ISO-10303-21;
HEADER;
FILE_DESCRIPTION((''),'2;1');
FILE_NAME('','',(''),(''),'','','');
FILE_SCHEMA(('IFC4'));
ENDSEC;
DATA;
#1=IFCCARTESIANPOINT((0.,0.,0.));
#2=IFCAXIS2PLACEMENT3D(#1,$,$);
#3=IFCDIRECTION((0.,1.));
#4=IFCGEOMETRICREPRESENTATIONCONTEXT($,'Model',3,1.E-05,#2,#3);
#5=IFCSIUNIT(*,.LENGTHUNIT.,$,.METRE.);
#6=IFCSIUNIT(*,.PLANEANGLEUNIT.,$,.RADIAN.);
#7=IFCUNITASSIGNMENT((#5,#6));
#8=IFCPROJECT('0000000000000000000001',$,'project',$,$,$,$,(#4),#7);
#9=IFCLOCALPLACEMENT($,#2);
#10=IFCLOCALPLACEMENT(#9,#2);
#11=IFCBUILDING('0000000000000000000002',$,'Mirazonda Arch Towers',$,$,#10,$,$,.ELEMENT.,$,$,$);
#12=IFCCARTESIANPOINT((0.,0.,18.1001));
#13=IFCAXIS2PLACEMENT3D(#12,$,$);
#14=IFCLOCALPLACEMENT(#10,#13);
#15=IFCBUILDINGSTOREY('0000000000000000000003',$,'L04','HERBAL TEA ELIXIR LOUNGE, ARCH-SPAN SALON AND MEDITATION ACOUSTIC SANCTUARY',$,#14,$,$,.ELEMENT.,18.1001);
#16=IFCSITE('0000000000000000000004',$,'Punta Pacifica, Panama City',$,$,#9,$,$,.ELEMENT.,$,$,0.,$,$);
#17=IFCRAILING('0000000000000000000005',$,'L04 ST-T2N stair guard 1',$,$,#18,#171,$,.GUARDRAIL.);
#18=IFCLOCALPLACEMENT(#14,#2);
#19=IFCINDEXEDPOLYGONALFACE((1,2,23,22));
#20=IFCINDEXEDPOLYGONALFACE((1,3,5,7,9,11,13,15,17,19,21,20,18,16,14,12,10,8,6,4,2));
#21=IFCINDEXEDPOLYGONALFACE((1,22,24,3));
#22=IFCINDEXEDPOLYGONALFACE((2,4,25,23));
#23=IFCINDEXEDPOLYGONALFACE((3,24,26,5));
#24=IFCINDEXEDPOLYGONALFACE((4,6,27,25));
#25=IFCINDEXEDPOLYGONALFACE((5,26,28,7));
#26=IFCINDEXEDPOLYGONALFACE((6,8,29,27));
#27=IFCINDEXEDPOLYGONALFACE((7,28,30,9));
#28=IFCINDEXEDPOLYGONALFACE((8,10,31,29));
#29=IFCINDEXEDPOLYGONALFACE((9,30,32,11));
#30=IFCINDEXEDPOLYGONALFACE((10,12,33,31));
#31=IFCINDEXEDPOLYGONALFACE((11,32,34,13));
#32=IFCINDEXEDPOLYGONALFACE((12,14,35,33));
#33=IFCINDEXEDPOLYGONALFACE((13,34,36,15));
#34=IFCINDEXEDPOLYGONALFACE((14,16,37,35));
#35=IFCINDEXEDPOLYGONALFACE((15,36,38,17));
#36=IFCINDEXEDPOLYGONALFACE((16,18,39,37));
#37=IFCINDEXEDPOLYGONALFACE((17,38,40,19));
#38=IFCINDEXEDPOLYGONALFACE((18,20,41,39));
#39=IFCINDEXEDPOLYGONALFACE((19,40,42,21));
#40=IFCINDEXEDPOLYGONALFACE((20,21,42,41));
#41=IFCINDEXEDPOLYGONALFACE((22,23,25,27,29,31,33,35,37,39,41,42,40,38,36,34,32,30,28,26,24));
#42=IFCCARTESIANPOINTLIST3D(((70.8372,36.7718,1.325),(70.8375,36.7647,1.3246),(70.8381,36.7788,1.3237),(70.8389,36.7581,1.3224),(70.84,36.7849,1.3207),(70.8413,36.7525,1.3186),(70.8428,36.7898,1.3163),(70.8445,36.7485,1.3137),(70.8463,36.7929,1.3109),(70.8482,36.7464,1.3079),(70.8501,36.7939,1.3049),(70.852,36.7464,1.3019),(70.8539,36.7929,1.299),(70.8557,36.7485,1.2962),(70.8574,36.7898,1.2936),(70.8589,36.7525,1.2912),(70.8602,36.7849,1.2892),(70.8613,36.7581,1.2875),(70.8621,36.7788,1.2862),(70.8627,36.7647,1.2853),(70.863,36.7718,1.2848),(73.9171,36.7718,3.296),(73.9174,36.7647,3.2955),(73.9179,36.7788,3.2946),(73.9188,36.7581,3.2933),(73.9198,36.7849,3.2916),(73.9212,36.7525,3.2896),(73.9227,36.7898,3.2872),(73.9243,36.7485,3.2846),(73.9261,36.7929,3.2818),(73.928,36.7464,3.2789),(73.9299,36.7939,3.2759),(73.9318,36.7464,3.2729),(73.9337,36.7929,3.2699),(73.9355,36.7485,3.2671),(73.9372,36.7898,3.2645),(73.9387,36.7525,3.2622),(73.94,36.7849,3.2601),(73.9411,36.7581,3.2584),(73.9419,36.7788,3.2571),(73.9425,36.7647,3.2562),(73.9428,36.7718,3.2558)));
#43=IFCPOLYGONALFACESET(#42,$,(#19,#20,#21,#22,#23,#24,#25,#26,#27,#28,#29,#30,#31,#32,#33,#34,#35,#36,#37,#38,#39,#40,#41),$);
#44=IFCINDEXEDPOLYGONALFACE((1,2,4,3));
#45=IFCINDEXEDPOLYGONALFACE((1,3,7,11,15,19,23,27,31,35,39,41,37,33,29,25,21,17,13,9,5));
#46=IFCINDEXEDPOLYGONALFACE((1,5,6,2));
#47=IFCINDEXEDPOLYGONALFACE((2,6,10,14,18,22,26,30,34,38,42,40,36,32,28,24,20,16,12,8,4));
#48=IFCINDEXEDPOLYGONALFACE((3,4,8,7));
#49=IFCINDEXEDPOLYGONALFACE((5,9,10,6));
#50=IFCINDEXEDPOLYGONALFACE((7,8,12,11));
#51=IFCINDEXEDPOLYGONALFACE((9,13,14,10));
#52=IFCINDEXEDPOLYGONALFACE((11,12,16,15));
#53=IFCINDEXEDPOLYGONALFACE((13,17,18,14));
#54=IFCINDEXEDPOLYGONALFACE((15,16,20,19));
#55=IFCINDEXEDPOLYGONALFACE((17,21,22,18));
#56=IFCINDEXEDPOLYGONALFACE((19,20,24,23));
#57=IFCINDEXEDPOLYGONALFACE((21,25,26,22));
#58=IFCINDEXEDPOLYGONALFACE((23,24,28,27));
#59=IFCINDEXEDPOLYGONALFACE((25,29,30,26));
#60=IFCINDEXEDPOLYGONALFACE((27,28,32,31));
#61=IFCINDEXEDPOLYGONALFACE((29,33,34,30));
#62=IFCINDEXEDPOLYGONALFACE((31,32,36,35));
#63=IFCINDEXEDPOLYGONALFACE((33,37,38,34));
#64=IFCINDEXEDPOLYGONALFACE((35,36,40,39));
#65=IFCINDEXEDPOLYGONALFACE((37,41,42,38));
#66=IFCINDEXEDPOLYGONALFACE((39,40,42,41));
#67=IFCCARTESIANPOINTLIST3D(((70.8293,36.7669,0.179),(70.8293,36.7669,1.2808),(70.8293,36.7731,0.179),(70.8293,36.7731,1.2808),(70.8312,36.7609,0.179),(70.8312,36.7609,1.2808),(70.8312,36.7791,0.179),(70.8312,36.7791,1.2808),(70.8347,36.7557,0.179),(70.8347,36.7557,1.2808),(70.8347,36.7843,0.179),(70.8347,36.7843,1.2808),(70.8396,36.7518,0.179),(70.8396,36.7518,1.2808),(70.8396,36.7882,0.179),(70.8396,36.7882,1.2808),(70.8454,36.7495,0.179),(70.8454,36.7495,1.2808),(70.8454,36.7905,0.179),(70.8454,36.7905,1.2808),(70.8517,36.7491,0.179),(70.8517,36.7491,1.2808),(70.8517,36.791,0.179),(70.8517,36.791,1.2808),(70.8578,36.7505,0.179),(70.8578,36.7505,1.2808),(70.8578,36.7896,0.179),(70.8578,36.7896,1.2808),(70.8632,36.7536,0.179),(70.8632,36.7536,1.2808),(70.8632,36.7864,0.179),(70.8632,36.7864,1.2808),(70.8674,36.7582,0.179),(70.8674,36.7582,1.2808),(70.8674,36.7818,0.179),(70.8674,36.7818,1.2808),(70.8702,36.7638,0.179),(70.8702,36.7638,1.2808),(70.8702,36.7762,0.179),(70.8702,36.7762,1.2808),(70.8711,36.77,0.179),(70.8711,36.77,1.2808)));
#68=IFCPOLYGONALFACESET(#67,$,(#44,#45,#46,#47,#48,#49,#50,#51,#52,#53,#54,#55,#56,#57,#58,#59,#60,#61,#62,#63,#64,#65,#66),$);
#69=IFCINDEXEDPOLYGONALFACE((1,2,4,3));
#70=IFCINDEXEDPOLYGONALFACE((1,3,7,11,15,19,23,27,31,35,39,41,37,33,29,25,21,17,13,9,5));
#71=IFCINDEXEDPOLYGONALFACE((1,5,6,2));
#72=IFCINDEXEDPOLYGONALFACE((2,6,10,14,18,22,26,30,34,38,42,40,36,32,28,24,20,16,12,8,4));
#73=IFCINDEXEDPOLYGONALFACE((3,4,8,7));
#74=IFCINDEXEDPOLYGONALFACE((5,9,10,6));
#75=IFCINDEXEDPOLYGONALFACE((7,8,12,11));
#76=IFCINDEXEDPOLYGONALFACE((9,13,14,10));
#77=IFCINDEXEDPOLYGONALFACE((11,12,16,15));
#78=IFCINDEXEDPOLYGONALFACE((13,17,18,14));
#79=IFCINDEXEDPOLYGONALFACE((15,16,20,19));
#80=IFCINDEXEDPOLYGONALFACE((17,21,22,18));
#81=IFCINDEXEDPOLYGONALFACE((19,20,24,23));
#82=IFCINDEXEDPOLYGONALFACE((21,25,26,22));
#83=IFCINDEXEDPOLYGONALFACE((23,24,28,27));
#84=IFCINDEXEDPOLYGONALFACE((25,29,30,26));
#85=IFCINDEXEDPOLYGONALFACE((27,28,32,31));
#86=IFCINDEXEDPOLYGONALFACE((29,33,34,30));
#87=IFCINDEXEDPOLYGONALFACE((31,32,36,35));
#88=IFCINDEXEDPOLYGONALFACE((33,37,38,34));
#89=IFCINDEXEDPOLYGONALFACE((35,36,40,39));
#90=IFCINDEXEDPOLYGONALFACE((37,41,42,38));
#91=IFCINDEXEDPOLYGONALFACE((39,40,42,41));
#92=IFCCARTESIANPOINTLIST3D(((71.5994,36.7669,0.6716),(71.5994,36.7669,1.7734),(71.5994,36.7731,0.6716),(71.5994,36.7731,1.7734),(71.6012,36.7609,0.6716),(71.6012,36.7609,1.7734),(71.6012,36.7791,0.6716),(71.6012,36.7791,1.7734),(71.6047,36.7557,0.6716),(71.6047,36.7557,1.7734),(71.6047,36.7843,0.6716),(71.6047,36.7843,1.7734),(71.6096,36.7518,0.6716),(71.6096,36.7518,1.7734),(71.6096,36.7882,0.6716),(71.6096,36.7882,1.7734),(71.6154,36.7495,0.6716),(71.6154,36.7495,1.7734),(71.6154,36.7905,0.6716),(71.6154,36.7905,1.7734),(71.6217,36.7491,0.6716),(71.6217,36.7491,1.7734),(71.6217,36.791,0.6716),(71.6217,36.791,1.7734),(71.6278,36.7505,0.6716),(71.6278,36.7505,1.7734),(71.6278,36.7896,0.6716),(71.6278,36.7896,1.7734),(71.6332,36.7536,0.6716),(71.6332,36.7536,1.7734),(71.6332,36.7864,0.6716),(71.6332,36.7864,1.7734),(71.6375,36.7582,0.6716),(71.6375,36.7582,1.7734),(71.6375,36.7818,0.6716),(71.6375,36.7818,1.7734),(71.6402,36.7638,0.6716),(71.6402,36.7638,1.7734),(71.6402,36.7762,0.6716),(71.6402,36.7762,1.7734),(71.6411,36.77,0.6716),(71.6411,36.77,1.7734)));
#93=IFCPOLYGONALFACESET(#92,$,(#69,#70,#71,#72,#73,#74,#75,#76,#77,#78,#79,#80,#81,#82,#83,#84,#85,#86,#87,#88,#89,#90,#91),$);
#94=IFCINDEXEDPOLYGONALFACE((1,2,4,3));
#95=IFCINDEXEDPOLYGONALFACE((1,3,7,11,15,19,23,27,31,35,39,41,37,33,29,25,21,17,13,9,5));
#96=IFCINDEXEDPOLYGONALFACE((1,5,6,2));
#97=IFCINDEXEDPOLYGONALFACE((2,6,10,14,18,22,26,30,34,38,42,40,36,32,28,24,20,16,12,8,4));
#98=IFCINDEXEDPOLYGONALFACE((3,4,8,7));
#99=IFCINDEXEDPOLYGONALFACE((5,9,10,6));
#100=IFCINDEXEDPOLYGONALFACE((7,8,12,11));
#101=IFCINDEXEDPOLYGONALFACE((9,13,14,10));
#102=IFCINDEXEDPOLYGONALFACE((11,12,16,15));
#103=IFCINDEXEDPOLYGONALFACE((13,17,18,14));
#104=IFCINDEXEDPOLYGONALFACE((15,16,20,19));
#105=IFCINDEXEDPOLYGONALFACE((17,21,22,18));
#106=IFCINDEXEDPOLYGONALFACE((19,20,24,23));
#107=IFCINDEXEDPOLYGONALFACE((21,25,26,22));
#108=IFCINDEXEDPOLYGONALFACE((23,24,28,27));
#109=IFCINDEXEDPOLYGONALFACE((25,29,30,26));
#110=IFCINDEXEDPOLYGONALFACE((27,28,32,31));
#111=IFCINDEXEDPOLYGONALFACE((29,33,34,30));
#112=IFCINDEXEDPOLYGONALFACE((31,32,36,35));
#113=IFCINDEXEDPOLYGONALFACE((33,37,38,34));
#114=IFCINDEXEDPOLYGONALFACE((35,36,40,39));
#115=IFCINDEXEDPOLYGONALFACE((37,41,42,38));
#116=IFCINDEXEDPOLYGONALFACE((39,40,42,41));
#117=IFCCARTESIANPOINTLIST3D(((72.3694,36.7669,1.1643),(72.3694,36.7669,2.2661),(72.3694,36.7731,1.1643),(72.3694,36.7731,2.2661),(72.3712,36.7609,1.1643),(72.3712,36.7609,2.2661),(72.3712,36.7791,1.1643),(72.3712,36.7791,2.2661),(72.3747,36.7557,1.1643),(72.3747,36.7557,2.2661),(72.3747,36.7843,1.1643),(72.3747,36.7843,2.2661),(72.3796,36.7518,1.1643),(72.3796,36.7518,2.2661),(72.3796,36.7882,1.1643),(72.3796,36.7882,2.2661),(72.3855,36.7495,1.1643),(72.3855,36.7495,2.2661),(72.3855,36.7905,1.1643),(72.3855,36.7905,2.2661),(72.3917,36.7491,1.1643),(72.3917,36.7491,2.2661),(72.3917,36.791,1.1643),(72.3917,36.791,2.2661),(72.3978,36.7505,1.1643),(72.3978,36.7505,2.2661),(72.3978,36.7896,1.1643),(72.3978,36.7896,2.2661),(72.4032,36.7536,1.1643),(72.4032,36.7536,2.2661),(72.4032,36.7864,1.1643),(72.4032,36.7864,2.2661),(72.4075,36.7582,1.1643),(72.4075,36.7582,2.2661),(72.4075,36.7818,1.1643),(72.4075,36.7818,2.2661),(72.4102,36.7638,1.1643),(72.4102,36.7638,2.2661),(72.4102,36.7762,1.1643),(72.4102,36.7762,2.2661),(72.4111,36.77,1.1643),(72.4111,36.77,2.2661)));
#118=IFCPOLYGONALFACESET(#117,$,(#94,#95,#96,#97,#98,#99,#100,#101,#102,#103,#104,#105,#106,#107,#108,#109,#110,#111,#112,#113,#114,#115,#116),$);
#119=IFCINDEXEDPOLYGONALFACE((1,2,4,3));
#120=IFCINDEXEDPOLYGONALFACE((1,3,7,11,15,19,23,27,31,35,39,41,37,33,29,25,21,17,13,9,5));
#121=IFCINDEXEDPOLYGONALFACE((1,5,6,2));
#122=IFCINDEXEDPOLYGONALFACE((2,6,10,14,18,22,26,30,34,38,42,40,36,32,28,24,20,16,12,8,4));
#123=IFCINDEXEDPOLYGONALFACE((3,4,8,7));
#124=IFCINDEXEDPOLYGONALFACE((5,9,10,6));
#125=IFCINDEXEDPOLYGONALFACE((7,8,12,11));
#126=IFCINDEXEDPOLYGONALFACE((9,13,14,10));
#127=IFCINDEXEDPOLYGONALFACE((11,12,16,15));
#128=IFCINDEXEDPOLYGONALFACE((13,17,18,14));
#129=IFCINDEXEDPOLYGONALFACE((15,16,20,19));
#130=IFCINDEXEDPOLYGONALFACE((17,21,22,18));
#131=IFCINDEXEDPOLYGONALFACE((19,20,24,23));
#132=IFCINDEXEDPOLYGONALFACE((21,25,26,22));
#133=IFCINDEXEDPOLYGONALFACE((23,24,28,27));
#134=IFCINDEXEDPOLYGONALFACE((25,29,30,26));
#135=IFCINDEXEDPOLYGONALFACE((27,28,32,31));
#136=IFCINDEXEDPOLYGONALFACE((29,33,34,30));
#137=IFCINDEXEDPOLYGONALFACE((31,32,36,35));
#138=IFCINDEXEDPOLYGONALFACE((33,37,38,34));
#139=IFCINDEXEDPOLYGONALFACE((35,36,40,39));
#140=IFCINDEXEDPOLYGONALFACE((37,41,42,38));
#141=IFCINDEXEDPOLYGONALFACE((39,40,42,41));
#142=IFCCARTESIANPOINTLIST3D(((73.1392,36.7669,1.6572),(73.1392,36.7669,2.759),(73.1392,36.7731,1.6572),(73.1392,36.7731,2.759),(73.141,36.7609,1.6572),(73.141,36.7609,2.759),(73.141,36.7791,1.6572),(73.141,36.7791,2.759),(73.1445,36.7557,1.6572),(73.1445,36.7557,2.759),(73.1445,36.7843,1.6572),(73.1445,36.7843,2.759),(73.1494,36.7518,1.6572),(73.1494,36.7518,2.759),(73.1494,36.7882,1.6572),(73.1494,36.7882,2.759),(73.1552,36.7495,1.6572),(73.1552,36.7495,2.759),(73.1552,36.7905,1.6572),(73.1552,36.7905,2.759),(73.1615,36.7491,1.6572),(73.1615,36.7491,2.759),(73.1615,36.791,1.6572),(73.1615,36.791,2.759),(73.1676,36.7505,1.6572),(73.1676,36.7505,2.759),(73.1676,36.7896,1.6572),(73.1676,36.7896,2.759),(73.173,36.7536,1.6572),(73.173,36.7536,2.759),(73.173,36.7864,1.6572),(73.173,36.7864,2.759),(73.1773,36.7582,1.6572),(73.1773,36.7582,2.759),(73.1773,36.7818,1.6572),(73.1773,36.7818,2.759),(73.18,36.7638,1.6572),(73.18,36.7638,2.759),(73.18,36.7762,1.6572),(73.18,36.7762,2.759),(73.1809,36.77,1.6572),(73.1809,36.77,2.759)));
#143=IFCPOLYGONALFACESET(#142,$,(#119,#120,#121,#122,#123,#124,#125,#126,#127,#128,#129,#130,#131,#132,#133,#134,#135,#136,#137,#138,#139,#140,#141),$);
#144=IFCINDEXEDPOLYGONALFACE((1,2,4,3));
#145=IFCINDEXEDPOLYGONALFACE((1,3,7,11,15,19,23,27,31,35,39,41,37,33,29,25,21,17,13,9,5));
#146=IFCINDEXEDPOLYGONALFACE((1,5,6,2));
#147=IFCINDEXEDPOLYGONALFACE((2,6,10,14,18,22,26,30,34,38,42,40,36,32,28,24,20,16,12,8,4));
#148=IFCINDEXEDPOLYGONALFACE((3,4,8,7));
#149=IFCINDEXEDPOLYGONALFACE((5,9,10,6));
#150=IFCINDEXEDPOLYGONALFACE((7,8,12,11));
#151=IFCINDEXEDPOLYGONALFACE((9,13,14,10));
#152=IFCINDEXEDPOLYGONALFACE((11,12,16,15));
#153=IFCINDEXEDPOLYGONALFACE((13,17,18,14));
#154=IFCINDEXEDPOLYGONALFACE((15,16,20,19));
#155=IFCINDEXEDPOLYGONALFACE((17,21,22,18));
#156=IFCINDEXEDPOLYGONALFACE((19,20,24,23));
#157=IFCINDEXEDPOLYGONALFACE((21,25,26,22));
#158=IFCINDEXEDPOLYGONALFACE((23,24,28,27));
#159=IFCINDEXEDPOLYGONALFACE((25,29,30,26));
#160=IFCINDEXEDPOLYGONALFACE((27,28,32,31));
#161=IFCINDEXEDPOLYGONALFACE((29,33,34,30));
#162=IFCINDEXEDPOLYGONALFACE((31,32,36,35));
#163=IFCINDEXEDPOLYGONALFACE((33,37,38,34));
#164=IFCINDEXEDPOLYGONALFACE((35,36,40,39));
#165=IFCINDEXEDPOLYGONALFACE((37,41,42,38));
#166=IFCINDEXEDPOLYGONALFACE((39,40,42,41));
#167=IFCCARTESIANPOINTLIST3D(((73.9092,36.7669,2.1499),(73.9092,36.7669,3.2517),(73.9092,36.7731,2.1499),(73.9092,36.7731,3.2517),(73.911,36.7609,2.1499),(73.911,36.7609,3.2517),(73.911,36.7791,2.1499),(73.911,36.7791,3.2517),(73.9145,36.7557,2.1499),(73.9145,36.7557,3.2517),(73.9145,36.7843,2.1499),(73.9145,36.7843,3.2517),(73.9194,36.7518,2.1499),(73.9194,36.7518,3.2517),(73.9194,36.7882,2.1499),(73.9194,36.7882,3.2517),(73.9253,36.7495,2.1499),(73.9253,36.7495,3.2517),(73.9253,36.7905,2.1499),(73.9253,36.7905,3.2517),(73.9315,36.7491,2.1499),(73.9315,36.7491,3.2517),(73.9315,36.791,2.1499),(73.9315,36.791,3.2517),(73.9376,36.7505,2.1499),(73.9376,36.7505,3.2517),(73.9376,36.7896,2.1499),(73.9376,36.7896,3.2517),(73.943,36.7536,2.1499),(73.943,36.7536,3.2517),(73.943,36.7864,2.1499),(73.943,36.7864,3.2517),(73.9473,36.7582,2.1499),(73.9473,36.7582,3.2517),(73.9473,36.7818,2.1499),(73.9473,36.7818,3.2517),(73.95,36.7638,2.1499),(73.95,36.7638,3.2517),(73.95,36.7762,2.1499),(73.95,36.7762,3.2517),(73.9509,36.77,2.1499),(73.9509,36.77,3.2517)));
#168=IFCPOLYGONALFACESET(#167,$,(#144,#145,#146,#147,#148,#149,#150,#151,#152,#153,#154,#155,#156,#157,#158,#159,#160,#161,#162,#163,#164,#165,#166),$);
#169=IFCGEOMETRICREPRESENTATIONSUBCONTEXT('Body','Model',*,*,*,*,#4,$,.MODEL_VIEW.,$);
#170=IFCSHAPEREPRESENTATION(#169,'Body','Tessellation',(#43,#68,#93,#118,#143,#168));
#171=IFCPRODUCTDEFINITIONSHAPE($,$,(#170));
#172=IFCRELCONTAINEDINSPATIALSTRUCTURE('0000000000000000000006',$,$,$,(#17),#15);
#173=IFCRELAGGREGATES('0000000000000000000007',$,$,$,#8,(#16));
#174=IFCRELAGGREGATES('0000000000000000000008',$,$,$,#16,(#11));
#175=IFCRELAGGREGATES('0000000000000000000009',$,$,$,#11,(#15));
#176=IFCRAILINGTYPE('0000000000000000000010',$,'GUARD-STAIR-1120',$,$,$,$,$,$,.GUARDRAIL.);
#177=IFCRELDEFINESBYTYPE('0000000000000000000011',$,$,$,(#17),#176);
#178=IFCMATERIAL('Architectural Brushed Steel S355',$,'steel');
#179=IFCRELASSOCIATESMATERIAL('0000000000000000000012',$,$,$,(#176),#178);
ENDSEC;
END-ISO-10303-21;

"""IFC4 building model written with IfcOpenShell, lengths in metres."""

from ifc_helpers import new_model, si_unit, direction, frame, origin, origin_2d, place, context, subcontext, project, spatial, circle, extrude, material, type_object, element, save


model = new_model("IFC4")

# Units and contexts
model_context = context("Model", 3, precision=1e-05, world=origin(), true_north=direction((0.0, 1.0)))
body_context = subcontext(model_context, "Body", "Model", "MODEL_VIEW")
ifc_project = project(units=[si_unit("LENGTHUNIT", "METRE"), si_unit("PLANEANGLEUNIT", "RADIAN")], contexts=[model_context])

# Site, building, storey
site_placement = place(None, origin())
site = spatial("IfcSite", under=ifc_project, at=site_placement, Name="Punta Pacifica, Panama City", CompositionType="ELEMENT", RefElevation=0.0)
building_placement = place(site_placement, origin())
building = spatial("IfcBuilding", under=site, at=building_placement, Name="Mirazonda Arch Towers", CompositionType="ELEMENT")
storey_placement = place(building_placement, frame((0.0, 0.0, 18.1001)))
storey = spatial("IfcBuildingStorey", under=building, at=storey_placement, Name="L04", Description="HERBAL TEA ELIXIR LOUNGE, ARCH-SPAN SALON AND MEDITATION ACOUSTIC SANCTUARY", CompositionType="ELEMENT", Elevation=18.1001)

# Shared definitions
ifc_material_1 = material(Name="Architectural Brushed Steel S355", Category="steel")

# Railing
railing_type_1 = type_object("IfcRailingType", Name="GUARD-STAIR-1120", PredefinedType="GUARDRAIL", material=ifc_material_1)
railing_1_placement = place(storey_placement, frame((70.8501, 36.77, 0.179)))
element("IfcRailing", 1, at=railing_1_placement, inside=storey, type_object=railing_type_1, Name="L04 ST-T2N stair guard 1", PredefinedType="GUARDRAIL", context=body_context, shape_type="SweptSolid", body=[
    extrude(circle(Radius=0.0239, at=origin_2d()), frame((0.0, 0.0, 1.126), z_axis=(0.84229, 0.0, 0.539025), x_axis=(0.0, 1.0, 0.0)), (0.0, 0.0, 1.0), 3.6565),
    extrude(circle(Radius=0.021, at=origin_2d()), origin(), (0.0, 0.0, 1.0), 1.1018),
    extrude(circle(Radius=0.021, at=origin_2d()), frame((0.77, 0.0, 0.4927)), (0.0, 0.0, 1.0), 1.1018),
    extrude(circle(Radius=0.021, at=origin_2d()), frame((1.54, 0.0, 0.9854)), (0.0, 0.0, 1.0), 1.1018),
    extrude(circle(Radius=0.021, at=origin_2d()), frame((2.3098, 0.0, 1.4783)), (0.0, 0.0, 1.0), 1.1018),
    extrude(circle(Radius=0.021, at=origin_2d()), frame((3.0798, 0.0, 1.9709)), (0.0, 0.0, 1.0), 1.1018),
])

save(model, "model.ifc")
